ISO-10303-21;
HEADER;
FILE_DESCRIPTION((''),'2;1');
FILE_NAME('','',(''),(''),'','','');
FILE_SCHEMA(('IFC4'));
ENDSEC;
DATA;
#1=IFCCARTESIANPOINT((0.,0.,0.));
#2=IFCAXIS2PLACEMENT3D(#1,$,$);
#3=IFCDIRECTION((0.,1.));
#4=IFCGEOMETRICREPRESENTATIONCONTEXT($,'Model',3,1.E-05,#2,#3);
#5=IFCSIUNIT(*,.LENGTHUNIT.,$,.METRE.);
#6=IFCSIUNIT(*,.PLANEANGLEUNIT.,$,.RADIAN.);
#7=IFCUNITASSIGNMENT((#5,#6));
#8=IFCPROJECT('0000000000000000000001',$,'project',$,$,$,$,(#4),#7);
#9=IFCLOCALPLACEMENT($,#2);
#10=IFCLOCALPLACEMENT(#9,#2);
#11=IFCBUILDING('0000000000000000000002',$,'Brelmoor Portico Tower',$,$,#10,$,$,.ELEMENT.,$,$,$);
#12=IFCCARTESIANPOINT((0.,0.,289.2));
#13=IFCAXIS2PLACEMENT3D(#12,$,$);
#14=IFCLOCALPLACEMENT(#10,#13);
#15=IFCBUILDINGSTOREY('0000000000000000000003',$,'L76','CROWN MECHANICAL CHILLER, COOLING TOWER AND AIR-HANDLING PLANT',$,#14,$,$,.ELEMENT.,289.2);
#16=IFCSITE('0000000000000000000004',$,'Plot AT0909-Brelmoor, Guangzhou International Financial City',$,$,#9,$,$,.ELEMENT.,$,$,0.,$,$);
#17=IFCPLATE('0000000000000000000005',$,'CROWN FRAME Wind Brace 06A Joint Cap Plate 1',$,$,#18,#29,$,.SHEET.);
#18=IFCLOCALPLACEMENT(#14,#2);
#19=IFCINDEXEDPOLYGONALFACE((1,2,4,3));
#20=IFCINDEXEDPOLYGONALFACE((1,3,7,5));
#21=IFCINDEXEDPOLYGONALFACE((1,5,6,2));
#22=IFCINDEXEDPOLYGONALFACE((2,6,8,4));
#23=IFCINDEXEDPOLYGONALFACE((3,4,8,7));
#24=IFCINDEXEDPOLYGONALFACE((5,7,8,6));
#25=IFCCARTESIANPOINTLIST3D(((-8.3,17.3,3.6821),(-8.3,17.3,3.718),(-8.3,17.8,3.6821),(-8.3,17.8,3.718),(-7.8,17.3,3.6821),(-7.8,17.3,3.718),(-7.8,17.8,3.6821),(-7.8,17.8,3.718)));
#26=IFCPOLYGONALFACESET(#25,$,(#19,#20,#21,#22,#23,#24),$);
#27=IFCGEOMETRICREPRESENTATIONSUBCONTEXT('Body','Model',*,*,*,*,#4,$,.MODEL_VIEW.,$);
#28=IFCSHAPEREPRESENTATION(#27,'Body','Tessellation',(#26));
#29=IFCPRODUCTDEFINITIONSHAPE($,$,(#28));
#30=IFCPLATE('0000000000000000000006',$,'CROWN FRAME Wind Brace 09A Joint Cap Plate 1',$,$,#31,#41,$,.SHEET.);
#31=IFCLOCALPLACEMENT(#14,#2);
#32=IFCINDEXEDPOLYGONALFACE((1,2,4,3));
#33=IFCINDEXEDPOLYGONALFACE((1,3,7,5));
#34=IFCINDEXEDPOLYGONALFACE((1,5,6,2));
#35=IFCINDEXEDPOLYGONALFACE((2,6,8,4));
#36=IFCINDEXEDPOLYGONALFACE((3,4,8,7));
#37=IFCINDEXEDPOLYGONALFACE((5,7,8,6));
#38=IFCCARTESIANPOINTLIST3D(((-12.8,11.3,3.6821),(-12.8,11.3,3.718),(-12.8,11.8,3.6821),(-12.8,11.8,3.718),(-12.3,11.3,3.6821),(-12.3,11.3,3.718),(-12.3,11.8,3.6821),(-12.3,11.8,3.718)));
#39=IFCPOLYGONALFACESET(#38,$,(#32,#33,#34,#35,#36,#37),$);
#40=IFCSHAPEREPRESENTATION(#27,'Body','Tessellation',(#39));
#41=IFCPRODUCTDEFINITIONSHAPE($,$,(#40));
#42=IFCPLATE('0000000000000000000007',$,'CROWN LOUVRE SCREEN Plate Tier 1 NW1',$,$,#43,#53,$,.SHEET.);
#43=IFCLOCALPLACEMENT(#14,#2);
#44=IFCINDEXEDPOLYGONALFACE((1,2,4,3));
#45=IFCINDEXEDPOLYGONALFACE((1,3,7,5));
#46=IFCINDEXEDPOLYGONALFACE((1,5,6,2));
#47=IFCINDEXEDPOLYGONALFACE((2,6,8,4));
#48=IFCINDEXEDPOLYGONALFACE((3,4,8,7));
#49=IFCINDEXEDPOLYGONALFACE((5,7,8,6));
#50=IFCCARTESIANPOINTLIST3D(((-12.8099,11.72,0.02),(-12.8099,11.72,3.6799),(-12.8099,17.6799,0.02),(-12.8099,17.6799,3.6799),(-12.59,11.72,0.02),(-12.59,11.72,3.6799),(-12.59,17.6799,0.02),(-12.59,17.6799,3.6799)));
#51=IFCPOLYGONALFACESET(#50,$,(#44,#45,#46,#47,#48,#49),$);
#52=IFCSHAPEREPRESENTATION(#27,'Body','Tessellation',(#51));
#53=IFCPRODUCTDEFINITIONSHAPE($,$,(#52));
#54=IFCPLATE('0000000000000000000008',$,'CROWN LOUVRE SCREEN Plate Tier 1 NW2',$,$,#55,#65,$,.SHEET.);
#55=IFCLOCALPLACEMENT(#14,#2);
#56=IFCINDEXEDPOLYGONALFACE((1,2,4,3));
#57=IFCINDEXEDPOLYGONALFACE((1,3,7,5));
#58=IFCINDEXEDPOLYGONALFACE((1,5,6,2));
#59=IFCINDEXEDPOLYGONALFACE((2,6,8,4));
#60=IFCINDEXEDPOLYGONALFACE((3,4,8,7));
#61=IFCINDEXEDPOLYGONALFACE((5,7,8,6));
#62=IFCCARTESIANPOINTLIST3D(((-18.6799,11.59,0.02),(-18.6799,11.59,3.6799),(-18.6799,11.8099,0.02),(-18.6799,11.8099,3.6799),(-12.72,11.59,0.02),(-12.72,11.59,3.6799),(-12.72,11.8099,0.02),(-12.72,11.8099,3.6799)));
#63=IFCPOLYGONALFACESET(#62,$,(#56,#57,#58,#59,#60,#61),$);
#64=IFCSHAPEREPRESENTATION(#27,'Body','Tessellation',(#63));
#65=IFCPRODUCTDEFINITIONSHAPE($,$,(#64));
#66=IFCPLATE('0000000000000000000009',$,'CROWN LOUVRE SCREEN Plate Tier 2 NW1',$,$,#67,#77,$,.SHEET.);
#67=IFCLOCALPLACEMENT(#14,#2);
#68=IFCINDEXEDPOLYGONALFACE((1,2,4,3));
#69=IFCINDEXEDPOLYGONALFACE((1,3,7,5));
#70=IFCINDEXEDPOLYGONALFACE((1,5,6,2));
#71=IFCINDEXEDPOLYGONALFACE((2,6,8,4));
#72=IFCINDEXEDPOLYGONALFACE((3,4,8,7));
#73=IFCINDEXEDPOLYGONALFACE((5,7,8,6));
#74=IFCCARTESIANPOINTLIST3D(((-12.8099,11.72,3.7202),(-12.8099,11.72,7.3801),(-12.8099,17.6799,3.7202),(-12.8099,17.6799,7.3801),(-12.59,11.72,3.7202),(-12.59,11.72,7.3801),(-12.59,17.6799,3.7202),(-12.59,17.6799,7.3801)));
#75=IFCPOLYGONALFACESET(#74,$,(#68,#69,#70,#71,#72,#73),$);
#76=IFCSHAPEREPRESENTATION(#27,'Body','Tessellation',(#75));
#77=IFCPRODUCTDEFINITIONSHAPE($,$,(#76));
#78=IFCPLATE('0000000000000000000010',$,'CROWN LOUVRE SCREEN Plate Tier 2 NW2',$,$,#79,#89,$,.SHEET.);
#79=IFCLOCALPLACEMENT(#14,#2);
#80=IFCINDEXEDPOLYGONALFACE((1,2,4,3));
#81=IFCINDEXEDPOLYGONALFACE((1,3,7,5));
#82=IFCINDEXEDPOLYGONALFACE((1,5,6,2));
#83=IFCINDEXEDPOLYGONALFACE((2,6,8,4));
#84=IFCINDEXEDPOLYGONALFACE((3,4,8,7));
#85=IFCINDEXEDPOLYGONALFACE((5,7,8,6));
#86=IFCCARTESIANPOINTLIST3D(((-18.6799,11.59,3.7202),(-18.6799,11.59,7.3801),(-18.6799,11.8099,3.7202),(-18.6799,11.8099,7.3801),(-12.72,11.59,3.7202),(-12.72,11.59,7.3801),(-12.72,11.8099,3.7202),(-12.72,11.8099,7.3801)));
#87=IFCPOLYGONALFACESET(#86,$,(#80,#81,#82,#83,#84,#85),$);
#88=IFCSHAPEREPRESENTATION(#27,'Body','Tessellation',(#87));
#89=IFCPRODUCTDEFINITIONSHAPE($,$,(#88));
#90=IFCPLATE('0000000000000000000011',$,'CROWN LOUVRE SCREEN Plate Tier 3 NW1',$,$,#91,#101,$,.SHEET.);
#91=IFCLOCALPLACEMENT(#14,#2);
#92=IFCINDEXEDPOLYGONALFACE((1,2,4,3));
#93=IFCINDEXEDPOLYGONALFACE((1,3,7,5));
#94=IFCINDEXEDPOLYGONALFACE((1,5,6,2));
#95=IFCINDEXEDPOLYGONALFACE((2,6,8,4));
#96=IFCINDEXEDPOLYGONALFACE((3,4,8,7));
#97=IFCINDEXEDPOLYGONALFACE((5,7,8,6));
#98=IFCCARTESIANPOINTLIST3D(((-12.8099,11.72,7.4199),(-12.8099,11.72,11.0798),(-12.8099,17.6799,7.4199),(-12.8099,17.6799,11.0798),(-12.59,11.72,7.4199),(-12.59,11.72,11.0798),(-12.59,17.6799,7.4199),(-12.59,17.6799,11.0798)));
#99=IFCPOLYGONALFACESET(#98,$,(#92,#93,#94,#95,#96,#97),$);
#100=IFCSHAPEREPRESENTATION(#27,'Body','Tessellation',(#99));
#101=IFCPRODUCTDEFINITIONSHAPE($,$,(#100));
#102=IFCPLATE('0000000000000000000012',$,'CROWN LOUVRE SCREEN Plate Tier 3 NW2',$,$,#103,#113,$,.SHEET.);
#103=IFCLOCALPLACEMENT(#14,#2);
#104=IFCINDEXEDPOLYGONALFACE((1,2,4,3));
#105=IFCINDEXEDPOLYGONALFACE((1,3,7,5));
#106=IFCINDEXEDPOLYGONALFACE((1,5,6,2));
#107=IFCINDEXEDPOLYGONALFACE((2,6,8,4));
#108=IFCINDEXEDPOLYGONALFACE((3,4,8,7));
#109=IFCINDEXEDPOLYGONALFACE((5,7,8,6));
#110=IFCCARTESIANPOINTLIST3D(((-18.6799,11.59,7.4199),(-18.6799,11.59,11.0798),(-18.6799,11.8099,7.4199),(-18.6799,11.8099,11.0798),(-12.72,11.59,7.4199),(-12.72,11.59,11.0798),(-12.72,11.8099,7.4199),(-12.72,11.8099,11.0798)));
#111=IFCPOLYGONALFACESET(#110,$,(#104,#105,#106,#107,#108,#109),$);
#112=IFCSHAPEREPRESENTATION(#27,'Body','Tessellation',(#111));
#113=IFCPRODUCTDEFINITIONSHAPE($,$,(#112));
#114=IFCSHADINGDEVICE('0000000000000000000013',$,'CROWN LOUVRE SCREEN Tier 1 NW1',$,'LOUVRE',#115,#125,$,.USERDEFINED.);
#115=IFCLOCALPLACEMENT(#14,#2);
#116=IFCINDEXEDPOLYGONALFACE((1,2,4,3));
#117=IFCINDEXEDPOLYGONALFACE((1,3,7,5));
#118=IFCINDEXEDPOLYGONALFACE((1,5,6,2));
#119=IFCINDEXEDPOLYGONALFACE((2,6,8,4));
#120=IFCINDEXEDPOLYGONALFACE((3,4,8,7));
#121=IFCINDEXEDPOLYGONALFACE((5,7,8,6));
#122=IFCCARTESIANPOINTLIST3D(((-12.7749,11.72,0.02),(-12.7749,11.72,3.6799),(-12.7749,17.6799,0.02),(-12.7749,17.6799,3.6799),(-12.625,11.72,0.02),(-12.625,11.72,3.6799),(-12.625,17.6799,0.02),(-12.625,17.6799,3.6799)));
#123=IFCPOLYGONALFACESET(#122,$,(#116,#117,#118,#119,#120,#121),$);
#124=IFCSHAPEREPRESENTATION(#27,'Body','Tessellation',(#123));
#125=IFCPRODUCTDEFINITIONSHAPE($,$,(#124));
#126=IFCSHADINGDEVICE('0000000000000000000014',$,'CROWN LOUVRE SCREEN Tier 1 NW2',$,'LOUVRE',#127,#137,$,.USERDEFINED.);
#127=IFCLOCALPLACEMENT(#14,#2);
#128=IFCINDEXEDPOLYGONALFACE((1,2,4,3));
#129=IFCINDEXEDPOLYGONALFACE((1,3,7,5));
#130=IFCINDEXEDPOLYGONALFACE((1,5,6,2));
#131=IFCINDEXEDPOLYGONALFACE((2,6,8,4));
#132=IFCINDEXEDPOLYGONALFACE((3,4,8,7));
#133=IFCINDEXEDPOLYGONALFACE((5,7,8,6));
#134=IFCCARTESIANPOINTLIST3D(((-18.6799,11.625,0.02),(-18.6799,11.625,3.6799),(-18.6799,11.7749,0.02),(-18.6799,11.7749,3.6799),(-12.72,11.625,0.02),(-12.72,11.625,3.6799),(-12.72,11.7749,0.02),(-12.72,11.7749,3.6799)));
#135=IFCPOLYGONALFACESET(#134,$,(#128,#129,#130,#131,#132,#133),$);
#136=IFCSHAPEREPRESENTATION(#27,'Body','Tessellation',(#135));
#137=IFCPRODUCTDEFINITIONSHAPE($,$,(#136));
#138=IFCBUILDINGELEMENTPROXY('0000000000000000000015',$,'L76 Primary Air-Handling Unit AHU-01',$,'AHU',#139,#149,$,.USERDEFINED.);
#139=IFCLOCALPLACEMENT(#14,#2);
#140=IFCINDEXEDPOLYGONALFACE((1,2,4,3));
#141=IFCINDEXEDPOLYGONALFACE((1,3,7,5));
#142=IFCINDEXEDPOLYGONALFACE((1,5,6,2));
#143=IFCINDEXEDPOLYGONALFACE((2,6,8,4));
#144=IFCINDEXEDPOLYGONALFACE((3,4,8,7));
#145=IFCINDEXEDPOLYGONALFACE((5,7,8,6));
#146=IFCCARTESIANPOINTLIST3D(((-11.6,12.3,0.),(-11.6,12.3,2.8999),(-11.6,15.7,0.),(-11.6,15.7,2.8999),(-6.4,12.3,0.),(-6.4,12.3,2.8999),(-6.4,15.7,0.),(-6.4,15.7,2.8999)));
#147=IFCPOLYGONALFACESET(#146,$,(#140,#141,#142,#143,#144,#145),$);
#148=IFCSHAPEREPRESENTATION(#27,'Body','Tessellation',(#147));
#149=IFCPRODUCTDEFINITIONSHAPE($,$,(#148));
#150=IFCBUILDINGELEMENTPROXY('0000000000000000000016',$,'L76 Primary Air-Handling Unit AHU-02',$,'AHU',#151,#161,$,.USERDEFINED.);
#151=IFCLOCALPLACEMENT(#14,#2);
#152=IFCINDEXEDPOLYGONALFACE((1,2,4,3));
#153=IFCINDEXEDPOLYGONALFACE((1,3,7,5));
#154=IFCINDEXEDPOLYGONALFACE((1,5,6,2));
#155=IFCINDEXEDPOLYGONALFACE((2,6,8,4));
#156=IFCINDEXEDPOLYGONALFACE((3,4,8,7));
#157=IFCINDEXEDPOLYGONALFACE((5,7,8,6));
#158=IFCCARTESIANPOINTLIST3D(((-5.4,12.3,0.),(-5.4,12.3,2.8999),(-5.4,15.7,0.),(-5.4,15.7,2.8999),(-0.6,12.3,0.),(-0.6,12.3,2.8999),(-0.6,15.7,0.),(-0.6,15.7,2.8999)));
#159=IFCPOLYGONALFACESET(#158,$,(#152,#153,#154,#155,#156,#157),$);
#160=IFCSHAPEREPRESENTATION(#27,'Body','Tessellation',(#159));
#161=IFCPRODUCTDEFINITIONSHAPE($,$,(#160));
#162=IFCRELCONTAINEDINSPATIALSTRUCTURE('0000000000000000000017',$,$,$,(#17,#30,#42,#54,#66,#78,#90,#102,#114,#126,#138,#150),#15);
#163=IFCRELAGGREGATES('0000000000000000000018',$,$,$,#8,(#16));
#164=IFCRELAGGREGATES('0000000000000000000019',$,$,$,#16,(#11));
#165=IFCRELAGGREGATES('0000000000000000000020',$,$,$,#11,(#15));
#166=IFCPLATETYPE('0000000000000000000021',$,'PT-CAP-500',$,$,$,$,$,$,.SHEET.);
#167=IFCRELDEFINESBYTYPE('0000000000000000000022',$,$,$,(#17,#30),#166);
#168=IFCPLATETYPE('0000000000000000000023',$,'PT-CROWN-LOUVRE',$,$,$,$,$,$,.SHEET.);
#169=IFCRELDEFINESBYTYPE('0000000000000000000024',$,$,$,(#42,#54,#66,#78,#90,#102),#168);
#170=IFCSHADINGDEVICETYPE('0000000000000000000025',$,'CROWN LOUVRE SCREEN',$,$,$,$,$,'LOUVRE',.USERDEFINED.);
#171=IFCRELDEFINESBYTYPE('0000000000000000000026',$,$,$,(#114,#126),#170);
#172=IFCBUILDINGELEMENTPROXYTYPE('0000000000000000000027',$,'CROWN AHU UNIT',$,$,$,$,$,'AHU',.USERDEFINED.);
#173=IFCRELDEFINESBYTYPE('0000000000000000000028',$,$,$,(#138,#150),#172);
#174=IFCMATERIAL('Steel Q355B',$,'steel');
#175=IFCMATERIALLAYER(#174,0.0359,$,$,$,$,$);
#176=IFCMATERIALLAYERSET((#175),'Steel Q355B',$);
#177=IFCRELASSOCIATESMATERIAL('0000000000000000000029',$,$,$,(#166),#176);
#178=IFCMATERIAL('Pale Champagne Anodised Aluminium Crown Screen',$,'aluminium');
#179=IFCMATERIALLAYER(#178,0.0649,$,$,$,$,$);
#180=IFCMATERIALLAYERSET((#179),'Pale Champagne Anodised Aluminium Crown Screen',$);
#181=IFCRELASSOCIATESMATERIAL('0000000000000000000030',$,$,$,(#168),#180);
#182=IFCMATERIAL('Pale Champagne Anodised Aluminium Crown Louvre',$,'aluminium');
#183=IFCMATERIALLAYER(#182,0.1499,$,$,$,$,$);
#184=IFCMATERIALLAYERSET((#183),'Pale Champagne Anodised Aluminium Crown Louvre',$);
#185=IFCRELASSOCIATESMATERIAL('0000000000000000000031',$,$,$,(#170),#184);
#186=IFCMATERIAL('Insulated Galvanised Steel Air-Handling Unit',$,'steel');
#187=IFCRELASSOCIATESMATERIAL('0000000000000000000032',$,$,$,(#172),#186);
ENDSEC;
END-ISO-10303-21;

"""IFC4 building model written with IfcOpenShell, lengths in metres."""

from ifc_helpers import new_model, si_unit, direction, frame, origin, origin_2d, place, context, subcontext, project, spatial, rectangle, extrude, material, layer, layer_set, type_object, element, save


model = new_model("IFC4")

# Units and contexts
model_context = context("Model", 3, precision=1e-05, world=origin(), true_north=direction((0.0, 1.0)))
body_context = subcontext(model_context, "Body", "Model", "MODEL_VIEW")
ifc_project = project(units=[si_unit("LENGTHUNIT", "METRE"), si_unit("PLANEANGLEUNIT", "RADIAN")], contexts=[model_context])

# Site, building, storey
site_placement = place(None, origin())
site = spatial("IfcSite", under=ifc_project, at=site_placement, Name="Plot AT0909-Brelmoor, Guangzhou International Financial City", CompositionType="ELEMENT", RefElevation=0.0)
building_placement = place(site_placement, origin())
building = spatial("IfcBuilding", under=site, at=building_placement, Name="Brelmoor Portico Tower", CompositionType="ELEMENT")
storey_placement = place(building_placement, frame((0.0, 0.0, 289.2)))
storey = spatial("IfcBuildingStorey", under=building, at=storey_placement, Name="L76", Description="CROWN MECHANICAL CHILLER, COOLING TOWER AND AIR-HANDLING PLANT", CompositionType="ELEMENT", Elevation=289.2)

# Shared definitions
ifc_material_1 = material(Name="Steel Q355B", Category="steel")

# Plates
ifc_layer_1 = layer(ifc_material_1, 0.0359)
ifc_layer_set_1 = layer_set([ifc_layer_1], Name="Steel Q355B")
plate_type_1 = type_object("IfcPlateType", Name="PT-CAP-500", PredefinedType="SHEET", material=ifc_layer_set_1)
for number, where, z_axis, x_axis, name in (
    (1, (-8.05, 17.55, 3.6821), (0.0, 0.0, 1.0), (1.0, 0.0, 0.0), "CROWN FRAME Wind Brace 06A Joint Cap Plate 1"),
    (2, (-12.55, 11.55, 3.6821), (0.0, 0.0, 1.0), (1.0, 0.0, 0.0), "CROWN FRAME Wind Brace 09A Joint Cap Plate 1"),
):
    element("IfcPlate", number, at=place(storey_placement, frame(where, z_axis=z_axis, x_axis=x_axis)), inside=storey, type_object=plate_type_1, Name=name, PredefinedType="SHEET", context=body_context, shape_type="SweptSolid", body=[
        extrude(rectangle(XDim=0.5, YDim=0.5, at=origin_2d()), origin(), (0.0, 0.0, 1.0), 0.0359),
    ])
ifc_material_2 = material(Name="Pale Champagne Anodised Aluminium Crown Screen", Category="aluminium")
ifc_layer_2 = layer(ifc_material_2, 0.0649)
ifc_layer_set_2 = layer_set([ifc_layer_2], Name="Pale Champagne Anodised Aluminium Crown Screen")
plate_type_2 = type_object("IfcPlateType", Name="PT-CROWN-LOUVRE", PredefinedType="SHEET", material=ifc_layer_set_2)
for number, where, z_axis, x_axis, name in (
    (3, (-12.7, 14.7, 0.02), (0.0, 0.0, 1.0), (0.0, 1.0, 0.0), "CROWN LOUVRE SCREEN Plate Tier 1 NW1"),
    (4, (-15.7, 11.7, 0.02), (0.0, 0.0, 1.0), (1.0, 0.0, 0.0), "CROWN LOUVRE SCREEN Plate Tier 1 NW2"),
    (5, (-12.7, 14.7, 3.7202), (0.0, 0.0, 1.0), (0.0, 1.0, 0.0), "CROWN LOUVRE SCREEN Plate Tier 2 NW1"),
    (6, (-15.7, 11.7, 3.7202), (0.0, 0.0, 1.0), (1.0, 0.0, 0.0), "CROWN LOUVRE SCREEN Plate Tier 2 NW2"),
    (7, (-12.7, 14.7, 7.4199), (0.0, 0.0, 1.0), (0.0, 1.0, 0.0), "CROWN LOUVRE SCREEN Plate Tier 3 NW1"),
    (8, (-15.7, 11.7, 7.4199), (0.0, 0.0, 1.0), (1.0, 0.0, 0.0), "CROWN LOUVRE SCREEN Plate Tier 3 NW2"),
):
    element("IfcPlate", number, at=place(storey_placement, frame(where, z_axis=z_axis, x_axis=x_axis)), inside=storey, type_object=plate_type_2, Name=name, PredefinedType="SHEET", context=body_context, shape_type="SweptSolid", body=[
        extrude(rectangle(XDim=5.96, YDim=0.22, at=origin_2d()), origin(), (0.0, 0.0, 1.0), 3.6599),
    ])

# Shading devices
ifc_material_3 = material(Name="Pale Champagne Anodised Aluminium Crown Louvre", Category="aluminium")
ifc_layer_3 = layer(ifc_material_3, 0.1499)
ifc_layer_set_3 = layer_set([ifc_layer_3], Name="Pale Champagne Anodised Aluminium Crown Louvre")
shading_device_type = type_object("IfcShadingDeviceType", Name="CROWN LOUVRE SCREEN", ElementType="LOUVRE", PredefinedType="USERDEFINED", material=ifc_layer_set_3)
for number, where, z_axis, x_axis, name in (
    (9, (-12.7, 14.7, 0.02), (0.0, 0.0, 1.0), (0.0, 1.0, 0.0), "CROWN LOUVRE SCREEN Tier 1 NW1"),
    (10, (-15.7, 11.7, 0.02), (0.0, 0.0, 1.0), (1.0, 0.0, 0.0), "CROWN LOUVRE SCREEN Tier 1 NW2"),
):
    element("IfcShadingDevice", number, at=place(storey_placement, frame(where, z_axis=z_axis, x_axis=x_axis)), inside=storey, type_object=shading_device_type, Name=name, ObjectType="LOUVRE", PredefinedType="USERDEFINED", context=body_context, shape_type="SweptSolid", body=[
        extrude(rectangle(XDim=5.96, YDim=0.1499, at=origin_2d()), origin(), (0.0, 0.0, 1.0), 3.6599),
    ])

# Building element proxies
ifc_material_4 = material(Name="Insulated Galvanised Steel Air-Handling Unit", Category="steel")
building_element_proxy_type = type_object("IfcBuildingElementProxyType", Name="CROWN AHU UNIT", ElementType="AHU", PredefinedType="USERDEFINED", material=ifc_material_4)
proxy_1_placement = place(storey_placement, frame((-9.0, 14.0, 0.0), z_axis=(0.0, 0.0, 1.0), x_axis=(1.0, 0.0, 0.0)))
element("IfcBuildingElementProxy", 11, at=proxy_1_placement, inside=storey, type_object=building_element_proxy_type, Name="L76 Primary Air-Handling Unit AHU-01", ObjectType="AHU", PredefinedType="USERDEFINED", context=body_context, shape_type="SweptSolid", body=[
    extrude(rectangle(XDim=5.2, YDim=3.3999, at=origin_2d()), origin(), (0.0, 0.0, 1.0), 2.8999),
])
proxy_2_placement = place(storey_placement, frame((-3.0, 14.0, 0.0), z_axis=(0.0, 0.0, 1.0), x_axis=(1.0, 0.0, 0.0)))
element("IfcBuildingElementProxy", 12, at=proxy_2_placement, inside=storey, type_object=building_element_proxy_type, Name="L76 Primary Air-Handling Unit AHU-02", ObjectType="AHU", PredefinedType="USERDEFINED", context=body_context, shape_type="SweptSolid", body=[
    extrude(rectangle(XDim=4.8, YDim=3.3999, at=origin_2d()), origin(), (0.0, 0.0, 1.0), 2.8999),
])

save(model, "model.ifc")
